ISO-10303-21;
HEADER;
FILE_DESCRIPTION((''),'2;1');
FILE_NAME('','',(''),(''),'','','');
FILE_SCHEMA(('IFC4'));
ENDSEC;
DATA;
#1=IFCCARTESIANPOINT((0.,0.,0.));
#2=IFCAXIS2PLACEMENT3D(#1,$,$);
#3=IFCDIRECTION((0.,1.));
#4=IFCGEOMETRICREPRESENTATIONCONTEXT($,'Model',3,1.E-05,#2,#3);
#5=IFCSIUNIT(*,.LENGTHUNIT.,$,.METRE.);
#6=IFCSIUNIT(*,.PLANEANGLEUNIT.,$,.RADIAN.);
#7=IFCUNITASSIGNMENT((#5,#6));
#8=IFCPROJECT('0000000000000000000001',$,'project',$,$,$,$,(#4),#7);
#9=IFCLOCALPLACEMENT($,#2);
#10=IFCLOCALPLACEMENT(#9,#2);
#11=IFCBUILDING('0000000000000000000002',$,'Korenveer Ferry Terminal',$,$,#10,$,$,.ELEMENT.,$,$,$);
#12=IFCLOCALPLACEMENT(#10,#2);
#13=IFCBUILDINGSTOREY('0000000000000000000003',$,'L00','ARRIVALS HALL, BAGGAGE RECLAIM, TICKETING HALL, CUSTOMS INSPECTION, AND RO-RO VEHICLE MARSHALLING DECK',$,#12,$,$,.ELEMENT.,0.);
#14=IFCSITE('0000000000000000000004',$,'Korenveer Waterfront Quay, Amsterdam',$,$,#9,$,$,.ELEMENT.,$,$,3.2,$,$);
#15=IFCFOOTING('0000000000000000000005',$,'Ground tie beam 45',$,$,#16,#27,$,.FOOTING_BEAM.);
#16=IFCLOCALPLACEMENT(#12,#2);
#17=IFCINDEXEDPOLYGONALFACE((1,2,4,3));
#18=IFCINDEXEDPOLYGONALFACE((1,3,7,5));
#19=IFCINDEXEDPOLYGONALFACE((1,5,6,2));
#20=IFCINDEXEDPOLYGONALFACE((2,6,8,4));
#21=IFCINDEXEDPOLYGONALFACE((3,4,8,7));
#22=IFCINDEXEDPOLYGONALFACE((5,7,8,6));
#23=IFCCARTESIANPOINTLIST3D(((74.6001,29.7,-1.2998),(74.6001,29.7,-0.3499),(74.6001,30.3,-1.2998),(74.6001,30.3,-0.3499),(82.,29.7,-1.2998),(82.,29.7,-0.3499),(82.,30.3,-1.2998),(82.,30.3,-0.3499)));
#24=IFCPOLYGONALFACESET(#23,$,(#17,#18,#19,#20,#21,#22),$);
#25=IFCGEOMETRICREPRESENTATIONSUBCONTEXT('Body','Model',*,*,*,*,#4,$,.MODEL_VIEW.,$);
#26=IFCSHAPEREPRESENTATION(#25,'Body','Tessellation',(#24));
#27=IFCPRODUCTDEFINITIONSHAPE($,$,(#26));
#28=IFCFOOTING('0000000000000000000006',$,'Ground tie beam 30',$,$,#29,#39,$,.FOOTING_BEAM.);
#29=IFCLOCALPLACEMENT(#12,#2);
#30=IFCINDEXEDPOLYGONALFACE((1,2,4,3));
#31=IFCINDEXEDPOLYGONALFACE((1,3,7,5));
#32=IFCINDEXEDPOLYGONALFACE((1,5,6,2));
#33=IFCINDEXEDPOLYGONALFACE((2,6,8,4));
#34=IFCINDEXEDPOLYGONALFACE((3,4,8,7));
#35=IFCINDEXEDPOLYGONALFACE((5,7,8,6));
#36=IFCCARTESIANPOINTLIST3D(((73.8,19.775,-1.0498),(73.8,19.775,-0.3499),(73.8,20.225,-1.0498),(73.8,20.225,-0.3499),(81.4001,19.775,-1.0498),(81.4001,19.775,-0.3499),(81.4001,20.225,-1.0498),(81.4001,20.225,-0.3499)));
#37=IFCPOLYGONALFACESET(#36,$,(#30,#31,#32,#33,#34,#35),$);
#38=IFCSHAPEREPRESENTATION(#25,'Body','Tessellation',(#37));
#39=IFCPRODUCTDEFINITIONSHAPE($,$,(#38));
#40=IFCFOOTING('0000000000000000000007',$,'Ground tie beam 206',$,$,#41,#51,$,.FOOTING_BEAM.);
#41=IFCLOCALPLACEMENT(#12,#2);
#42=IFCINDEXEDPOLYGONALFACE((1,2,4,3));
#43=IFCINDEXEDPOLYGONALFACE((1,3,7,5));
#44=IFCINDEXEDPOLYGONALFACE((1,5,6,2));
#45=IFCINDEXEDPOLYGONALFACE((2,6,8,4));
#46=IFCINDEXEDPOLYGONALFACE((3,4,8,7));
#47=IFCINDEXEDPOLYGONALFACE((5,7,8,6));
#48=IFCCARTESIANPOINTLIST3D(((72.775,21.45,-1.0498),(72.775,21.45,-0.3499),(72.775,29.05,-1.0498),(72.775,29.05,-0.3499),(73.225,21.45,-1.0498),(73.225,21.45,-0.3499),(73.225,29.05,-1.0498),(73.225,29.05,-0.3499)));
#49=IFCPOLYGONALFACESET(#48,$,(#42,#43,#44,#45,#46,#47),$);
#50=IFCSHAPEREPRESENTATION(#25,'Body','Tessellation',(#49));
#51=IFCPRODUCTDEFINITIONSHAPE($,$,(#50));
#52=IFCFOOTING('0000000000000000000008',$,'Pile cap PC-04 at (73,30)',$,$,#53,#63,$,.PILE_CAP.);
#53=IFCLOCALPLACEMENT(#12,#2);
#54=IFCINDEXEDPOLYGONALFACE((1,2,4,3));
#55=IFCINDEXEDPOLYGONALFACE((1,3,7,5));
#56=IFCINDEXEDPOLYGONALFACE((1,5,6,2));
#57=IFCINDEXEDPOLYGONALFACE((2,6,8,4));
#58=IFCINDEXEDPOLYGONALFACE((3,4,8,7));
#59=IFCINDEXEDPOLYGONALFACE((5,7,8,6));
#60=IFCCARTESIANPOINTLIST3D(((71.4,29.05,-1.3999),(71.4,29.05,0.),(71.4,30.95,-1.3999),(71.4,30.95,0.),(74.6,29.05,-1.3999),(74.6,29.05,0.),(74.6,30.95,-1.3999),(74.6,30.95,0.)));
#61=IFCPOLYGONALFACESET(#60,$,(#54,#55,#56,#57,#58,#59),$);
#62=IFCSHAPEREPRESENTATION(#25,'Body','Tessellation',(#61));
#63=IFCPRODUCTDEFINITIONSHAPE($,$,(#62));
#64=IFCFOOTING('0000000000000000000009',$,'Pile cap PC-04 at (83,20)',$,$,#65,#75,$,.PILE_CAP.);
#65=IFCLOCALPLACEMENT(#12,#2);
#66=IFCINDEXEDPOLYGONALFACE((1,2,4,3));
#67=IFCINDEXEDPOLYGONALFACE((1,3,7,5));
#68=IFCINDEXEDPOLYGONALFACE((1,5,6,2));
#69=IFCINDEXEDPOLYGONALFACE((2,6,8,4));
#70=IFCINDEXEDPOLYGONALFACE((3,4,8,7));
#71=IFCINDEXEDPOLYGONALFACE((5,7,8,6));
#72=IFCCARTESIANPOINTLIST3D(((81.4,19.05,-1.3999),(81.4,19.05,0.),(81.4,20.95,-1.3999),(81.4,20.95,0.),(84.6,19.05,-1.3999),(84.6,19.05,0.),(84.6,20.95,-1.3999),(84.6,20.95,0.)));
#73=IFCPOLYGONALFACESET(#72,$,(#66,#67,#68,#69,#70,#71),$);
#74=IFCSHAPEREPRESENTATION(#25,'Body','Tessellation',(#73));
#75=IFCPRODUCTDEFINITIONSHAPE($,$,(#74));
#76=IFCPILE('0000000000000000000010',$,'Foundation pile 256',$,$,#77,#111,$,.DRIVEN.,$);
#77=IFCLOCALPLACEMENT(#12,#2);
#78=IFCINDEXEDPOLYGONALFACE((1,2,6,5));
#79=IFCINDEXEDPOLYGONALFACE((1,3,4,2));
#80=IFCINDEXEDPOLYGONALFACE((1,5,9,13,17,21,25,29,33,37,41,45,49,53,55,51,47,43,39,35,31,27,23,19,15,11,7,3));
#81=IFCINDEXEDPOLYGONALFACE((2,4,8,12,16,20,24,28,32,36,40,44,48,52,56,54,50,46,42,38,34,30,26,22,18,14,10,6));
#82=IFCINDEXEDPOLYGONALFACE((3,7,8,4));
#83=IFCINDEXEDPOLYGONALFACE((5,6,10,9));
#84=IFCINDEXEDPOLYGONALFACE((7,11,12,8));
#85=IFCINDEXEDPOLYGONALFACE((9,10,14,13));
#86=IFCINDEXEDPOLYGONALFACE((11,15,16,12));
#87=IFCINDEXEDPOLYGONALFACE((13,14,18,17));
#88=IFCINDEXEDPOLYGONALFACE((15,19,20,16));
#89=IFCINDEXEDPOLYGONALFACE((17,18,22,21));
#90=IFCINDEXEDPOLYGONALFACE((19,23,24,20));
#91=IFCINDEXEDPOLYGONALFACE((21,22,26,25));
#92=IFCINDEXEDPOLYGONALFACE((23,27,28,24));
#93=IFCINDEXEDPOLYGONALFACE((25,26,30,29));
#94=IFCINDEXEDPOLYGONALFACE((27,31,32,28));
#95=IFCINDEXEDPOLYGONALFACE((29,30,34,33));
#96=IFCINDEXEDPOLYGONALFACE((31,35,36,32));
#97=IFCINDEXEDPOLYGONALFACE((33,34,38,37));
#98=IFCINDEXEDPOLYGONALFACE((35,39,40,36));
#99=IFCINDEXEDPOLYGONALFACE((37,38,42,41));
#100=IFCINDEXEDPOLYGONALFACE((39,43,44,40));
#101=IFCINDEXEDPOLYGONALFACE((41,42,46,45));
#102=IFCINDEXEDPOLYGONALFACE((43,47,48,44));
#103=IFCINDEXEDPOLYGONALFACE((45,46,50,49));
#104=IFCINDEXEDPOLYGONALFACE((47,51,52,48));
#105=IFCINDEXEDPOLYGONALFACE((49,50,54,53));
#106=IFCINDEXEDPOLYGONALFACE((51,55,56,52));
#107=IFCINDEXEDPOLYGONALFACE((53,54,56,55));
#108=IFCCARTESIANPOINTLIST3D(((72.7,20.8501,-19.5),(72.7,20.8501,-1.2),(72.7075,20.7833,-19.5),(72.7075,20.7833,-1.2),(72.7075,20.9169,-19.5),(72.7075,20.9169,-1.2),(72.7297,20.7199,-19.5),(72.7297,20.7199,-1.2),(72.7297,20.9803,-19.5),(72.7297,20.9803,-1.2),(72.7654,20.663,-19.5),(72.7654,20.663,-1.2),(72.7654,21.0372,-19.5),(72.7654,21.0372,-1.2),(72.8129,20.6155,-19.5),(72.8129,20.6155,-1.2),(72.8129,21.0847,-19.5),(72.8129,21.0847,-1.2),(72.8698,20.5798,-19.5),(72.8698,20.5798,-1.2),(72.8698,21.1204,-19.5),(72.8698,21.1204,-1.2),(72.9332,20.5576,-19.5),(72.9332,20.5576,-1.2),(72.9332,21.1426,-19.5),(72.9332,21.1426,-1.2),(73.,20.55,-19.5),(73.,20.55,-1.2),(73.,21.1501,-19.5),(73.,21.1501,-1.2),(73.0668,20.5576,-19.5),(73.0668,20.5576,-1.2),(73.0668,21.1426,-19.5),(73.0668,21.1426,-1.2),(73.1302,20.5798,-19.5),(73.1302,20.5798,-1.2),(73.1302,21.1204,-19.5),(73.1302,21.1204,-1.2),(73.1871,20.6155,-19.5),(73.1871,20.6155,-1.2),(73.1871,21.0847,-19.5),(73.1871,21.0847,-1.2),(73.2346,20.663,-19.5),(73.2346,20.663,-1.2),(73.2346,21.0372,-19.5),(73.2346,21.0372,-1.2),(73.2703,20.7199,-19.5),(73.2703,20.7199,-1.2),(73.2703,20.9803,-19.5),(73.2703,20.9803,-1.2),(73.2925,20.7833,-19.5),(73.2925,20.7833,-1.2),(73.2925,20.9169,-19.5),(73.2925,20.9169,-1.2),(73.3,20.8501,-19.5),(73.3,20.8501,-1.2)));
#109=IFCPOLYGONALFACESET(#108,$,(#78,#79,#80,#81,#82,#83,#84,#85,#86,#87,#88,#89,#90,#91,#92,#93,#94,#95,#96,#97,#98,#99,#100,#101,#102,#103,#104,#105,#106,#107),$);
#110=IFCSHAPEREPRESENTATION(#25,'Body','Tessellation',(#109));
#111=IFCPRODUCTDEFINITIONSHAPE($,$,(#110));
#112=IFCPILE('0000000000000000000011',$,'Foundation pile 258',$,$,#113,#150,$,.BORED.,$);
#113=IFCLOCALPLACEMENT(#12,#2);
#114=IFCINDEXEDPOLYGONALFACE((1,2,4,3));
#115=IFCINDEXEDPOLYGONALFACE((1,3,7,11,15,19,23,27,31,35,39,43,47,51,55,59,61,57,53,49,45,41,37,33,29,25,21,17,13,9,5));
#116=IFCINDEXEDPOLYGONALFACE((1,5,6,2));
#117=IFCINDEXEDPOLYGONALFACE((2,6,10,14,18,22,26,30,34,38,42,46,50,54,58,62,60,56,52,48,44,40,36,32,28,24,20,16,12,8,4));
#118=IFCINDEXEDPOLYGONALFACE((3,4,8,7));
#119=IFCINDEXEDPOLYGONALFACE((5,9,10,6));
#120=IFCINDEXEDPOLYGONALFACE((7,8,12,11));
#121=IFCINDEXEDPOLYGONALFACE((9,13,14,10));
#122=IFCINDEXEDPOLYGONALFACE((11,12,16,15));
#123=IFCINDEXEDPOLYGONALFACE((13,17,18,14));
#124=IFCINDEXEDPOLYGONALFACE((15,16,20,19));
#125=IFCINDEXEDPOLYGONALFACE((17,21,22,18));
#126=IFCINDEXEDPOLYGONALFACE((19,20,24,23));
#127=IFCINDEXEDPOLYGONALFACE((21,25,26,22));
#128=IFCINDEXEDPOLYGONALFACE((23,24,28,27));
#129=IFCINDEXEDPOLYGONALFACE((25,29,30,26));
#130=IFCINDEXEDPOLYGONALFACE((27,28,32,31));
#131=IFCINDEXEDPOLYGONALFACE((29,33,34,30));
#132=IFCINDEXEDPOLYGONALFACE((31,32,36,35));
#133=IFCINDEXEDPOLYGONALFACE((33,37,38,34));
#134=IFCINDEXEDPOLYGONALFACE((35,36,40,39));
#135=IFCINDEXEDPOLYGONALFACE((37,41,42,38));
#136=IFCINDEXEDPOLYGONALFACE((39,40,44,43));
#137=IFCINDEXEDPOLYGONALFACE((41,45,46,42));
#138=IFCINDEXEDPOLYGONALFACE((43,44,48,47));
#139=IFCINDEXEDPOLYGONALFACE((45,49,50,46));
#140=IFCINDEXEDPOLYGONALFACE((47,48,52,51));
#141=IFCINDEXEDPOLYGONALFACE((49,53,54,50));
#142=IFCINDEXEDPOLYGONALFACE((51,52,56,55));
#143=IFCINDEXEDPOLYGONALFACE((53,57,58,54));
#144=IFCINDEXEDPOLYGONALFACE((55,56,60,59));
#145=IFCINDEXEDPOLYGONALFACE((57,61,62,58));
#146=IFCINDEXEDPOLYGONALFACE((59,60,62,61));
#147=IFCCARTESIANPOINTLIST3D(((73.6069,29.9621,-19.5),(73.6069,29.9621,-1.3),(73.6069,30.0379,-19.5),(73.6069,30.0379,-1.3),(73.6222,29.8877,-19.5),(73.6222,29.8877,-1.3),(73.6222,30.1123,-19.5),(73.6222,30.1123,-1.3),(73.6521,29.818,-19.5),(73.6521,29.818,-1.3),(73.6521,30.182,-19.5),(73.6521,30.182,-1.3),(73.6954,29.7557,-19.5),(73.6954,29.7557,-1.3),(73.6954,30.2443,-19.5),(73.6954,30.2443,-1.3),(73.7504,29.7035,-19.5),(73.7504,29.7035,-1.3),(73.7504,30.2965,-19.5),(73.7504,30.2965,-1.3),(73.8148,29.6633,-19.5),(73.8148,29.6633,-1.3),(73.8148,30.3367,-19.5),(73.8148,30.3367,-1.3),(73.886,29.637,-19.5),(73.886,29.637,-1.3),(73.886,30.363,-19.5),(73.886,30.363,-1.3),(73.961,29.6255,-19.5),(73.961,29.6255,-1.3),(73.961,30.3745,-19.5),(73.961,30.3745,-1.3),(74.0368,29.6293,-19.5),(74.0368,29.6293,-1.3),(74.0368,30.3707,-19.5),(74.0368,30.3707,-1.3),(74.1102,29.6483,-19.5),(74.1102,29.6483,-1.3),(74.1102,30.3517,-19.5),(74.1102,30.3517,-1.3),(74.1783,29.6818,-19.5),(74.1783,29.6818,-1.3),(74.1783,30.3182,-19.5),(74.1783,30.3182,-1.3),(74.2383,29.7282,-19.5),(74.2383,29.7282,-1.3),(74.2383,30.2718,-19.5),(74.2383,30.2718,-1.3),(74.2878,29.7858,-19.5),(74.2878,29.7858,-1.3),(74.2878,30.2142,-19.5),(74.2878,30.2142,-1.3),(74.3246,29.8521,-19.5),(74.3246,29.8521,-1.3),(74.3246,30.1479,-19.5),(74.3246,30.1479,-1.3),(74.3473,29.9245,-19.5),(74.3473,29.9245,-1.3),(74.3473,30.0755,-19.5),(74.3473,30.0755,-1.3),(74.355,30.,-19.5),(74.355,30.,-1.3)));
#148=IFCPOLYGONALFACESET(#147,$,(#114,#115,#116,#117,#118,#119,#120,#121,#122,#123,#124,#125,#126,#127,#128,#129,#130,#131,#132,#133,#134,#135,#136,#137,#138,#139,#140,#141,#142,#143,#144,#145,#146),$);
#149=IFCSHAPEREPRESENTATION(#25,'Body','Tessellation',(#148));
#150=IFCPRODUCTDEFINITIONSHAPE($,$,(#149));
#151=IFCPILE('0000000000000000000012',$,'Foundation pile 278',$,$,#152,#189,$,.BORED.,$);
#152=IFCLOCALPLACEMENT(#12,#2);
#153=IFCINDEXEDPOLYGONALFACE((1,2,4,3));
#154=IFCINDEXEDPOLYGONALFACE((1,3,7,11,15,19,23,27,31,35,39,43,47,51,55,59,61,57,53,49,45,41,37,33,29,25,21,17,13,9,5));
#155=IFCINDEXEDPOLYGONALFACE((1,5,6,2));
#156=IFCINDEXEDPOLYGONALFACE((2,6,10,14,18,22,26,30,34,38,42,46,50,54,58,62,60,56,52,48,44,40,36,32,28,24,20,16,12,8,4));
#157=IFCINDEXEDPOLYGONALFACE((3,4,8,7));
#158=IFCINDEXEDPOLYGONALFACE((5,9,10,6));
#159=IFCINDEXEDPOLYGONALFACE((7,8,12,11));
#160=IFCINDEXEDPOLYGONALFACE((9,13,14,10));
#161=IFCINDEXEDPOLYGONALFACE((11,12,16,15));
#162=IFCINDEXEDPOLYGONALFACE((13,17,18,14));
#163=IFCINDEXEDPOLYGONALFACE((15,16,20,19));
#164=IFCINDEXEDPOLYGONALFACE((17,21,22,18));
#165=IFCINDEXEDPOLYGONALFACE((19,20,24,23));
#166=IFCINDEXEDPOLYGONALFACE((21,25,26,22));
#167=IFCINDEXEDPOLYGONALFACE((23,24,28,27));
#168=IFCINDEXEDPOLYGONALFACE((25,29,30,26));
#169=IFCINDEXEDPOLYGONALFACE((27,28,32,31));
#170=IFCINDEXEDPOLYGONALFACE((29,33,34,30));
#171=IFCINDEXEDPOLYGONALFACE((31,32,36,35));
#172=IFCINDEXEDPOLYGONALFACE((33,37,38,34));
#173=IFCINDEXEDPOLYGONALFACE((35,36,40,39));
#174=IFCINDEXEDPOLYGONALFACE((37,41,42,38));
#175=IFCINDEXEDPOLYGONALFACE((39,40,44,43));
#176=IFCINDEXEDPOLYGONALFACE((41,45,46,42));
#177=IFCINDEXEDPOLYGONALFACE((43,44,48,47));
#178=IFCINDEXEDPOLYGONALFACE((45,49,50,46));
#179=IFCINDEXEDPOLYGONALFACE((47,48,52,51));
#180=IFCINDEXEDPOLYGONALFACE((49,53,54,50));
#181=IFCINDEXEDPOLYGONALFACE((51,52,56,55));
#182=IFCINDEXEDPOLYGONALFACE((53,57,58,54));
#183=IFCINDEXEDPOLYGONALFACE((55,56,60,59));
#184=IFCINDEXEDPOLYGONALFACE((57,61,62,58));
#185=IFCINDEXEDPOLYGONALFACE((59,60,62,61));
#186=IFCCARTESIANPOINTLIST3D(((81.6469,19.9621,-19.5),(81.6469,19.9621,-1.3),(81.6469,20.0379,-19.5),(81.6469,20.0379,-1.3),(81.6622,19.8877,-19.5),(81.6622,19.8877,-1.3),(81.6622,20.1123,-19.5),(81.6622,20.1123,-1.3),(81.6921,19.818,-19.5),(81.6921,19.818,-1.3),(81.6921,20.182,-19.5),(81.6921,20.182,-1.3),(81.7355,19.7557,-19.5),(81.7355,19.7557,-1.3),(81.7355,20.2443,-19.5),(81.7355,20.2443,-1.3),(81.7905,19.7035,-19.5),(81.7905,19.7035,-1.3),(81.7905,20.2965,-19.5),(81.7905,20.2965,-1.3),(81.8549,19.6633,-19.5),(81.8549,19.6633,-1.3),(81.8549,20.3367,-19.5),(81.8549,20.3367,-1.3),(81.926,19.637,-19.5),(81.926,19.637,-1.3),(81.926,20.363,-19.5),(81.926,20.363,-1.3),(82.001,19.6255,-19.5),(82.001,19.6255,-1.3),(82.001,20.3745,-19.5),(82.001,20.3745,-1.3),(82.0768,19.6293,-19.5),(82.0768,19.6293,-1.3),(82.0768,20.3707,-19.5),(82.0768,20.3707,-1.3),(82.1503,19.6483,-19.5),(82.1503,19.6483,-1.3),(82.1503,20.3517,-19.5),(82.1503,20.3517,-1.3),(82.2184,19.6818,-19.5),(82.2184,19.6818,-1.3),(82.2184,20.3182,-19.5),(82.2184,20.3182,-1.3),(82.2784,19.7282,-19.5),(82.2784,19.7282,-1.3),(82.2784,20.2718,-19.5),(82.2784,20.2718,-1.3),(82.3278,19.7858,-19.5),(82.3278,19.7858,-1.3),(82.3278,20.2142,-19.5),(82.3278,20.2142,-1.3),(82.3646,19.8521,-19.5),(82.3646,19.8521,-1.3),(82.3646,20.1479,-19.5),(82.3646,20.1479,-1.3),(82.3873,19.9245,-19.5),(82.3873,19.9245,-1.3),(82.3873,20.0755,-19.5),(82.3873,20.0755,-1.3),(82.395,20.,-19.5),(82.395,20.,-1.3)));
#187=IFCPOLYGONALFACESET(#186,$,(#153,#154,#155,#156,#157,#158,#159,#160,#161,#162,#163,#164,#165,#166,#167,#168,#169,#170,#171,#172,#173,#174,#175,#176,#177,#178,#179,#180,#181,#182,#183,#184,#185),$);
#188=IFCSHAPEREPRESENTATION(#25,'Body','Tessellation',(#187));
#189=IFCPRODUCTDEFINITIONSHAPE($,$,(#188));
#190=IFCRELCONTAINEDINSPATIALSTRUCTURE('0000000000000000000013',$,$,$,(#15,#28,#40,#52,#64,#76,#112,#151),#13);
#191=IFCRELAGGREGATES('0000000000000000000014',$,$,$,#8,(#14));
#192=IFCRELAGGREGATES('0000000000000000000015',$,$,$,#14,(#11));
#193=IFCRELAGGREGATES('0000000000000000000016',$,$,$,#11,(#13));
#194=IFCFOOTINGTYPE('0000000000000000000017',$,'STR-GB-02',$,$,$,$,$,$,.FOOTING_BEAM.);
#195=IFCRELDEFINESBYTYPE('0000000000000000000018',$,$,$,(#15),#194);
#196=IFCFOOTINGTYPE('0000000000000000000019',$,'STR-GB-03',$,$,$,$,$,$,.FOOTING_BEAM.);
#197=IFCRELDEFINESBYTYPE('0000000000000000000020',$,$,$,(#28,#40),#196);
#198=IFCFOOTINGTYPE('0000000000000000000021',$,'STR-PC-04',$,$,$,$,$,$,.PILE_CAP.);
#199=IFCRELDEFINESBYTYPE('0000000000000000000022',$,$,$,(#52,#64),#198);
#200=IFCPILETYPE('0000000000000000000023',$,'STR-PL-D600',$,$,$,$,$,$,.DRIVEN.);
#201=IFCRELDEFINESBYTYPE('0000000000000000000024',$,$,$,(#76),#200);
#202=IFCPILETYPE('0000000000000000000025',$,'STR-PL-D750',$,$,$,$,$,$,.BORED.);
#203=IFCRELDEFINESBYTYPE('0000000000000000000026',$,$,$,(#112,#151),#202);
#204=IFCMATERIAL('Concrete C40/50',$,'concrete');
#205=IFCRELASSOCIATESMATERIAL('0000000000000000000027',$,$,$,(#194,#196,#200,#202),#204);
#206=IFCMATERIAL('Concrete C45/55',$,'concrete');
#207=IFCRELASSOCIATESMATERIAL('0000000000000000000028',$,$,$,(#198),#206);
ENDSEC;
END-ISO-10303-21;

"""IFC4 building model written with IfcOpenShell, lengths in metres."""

from ifc_helpers import new_model, si_unit, direction, frame, origin, origin_2d, place, context, subcontext, project, spatial, rectangle, circle, extrude, material, material_profile, profile_set, type_object, element, save


model = new_model("IFC4")

# Units and contexts
model_context = context("Model", 3, precision=1e-05, world=origin(), true_north=direction((0.0, 1.0)))
body_context = subcontext(model_context, "Body", "Model", "MODEL_VIEW")
ifc_project = project(units=[si_unit("LENGTHUNIT", "METRE"), si_unit("PLANEANGLEUNIT", "RADIAN")], contexts=[model_context])

# Site, building, storey
site_placement = place(None, origin())
site = spatial("IfcSite", under=ifc_project, at=site_placement, Name="Korenveer Waterfront Quay, Amsterdam", CompositionType="ELEMENT", RefElevation=3.2)
building_placement = place(site_placement, origin())
building = spatial("IfcBuilding", under=site, at=building_placement, Name="Korenveer Ferry Terminal", CompositionType="ELEMENT")
storey_placement = place(building_placement, origin())
storey = spatial("IfcBuildingStorey", under=building, at=storey_placement, Name="L00", Description="ARRIVALS HALL, BAGGAGE RECLAIM, TICKETING HALL, CUSTOMS INSPECTION, AND RO-RO VEHICLE MARSHALLING DECK", CompositionType="ELEMENT", Elevation=0.0)

# Footings
ifc_material_1 = material(Name="Concrete C40/50", Category="concrete")
footing_type_1 = type_object("IfcFootingType", Name="STR-GB-02", PredefinedType="FOOTING_BEAM", material=ifc_material_1)
footing_1_placement = place(storey_placement, frame((78.3, 30.0, -1.2998), z_axis=(0.0, 0.0, 1.0), x_axis=(1.0, 0.0, 0.0)))
element("IfcFooting", 1, at=footing_1_placement, inside=storey, type_object=footing_type_1, Name="Ground tie beam 45", PredefinedType="FOOTING_BEAM", context=body_context, shape_type="SweptSolid", body=[
    extrude(rectangle(XDim=7.3999, YDim=0.6001, at=origin_2d()), origin(), (0.0, 0.0, 1.0), 0.95),
])
footing_type_2 = type_object("IfcFootingType", Name="STR-GB-03", PredefinedType="FOOTING_BEAM", material=ifc_material_1)
footing_2_placement = place(storey_placement, frame((77.6001, 20.0, -1.0498), z_axis=(0.0, 0.0, 1.0), x_axis=(1.0, 0.0, 0.0)))
element("IfcFooting", 2, at=footing_2_placement, inside=storey, type_object=footing_type_2, Name="Ground tie beam 30", PredefinedType="FOOTING_BEAM", context=body_context, shape_type="SweptSolid", body=[
    extrude(rectangle(XDim=7.6001, YDim=0.45, at=origin_2d()), origin(), (0.0, 0.0, 1.0), 0.7),
])
footing_3_placement = place(storey_placement, frame((73.0, 25.25, -1.0498), z_axis=(0.0, 0.0, 1.0), x_axis=(1.0, 0.0, 0.0)))
element("IfcFooting", 3, at=footing_3_placement, inside=storey, type_object=footing_type_2, Name="Ground tie beam 206", PredefinedType="FOOTING_BEAM", context=body_context, shape_type="SweptSolid", body=[
    extrude(rectangle(XDim=0.45, YDim=7.6001, at=origin_2d()), origin(), (0.0, 0.0, 1.0), 0.7),
])
ifc_material_2 = material(Name="Concrete C45/55", Category="concrete")
footing_type_3 = type_object("IfcFootingType", Name="STR-PC-04", PredefinedType="PILE_CAP", material=ifc_material_2)
for number, where, z_axis, x_axis, name in (
    (4, (73.0, 30.0, -1.3999), (0.0, 0.0, 1.0), (1.0, 0.0, 0.0), "Pile cap PC-04 at (73,30)"),
    (5, (83.0, 20.0, -1.3999), (0.0, 0.0, 1.0), (1.0, 0.0, 0.0), "Pile cap PC-04 at (83,20)"),
):
    element("IfcFooting", number, at=place(storey_placement, frame(where, z_axis=z_axis, x_axis=x_axis)), inside=storey, type_object=footing_type_3, Name=name, PredefinedType="PILE_CAP", context=body_context, shape_type="SweptSolid", body=[
        extrude(rectangle(XDim=3.2, YDim=1.8999, at=origin_2d()), origin(), (0.0, 0.0, 1.0), 1.3999),
    ])

# Piles
ifc_material_profile_1 = material_profile(ifc_material_1, circle(Radius=0.3, at=origin_2d()), Name="PILE D600")
ifc_profile_set_1 = profile_set([ifc_material_profile_1], Name="Concrete C40/50")
pile_type_1 = type_object("IfcPileType", Name="STR-PL-D600", PredefinedType="DRIVEN", material=ifc_profile_set_1)
pile_placement = place(storey_placement, frame((73.0, 20.8501, -1.2), z_axis=(0.0, 0.0, -1.0), x_axis=(1.0, 0.0, 0.0)))
element("IfcPile", 6, at=pile_placement, inside=storey, type_object=pile_type_1, Name="Foundation pile 256", PredefinedType="DRIVEN", context=body_context, shape_type="SweptSolid", body=[
    extrude(circle(Radius=0.3, at=origin_2d()), origin(), (0.0, 0.0, 1.0), 18.3),
])
ifc_material_profile_2 = material_profile(ifc_material_1, circle(Radius=0.375, at=origin_2d()), Name="PILE D750")
ifc_profile_set_2 = profile_set([ifc_material_profile_2], Name="Concrete C40/50")
pile_type_2 = type_object("IfcPileType", Name="STR-PL-D750", PredefinedType="BORED", material=ifc_profile_set_2)
for number, where, z_axis, x_axis, name in (
    (7, (73.98, 30.0, -1.3), (0.0, 0.0, -1.0), (1.0, 0.0, 0.0), "Foundation pile 258"),
    (8, (82.02, 20.0, -1.3), (0.0, 0.0, -1.0), (1.0, 0.0, 0.0), "Foundation pile 278"),
):
    element("IfcPile", number, at=place(storey_placement, frame(where, z_axis=z_axis, x_axis=x_axis)), inside=storey, type_object=pile_type_2, Name=name, PredefinedType="BORED", context=body_context, shape_type="SweptSolid", body=[
        extrude(circle(Radius=0.375, at=origin_2d()), origin(), (0.0, 0.0, 1.0), 18.2),
    ])

save(model, "model.ifc")
